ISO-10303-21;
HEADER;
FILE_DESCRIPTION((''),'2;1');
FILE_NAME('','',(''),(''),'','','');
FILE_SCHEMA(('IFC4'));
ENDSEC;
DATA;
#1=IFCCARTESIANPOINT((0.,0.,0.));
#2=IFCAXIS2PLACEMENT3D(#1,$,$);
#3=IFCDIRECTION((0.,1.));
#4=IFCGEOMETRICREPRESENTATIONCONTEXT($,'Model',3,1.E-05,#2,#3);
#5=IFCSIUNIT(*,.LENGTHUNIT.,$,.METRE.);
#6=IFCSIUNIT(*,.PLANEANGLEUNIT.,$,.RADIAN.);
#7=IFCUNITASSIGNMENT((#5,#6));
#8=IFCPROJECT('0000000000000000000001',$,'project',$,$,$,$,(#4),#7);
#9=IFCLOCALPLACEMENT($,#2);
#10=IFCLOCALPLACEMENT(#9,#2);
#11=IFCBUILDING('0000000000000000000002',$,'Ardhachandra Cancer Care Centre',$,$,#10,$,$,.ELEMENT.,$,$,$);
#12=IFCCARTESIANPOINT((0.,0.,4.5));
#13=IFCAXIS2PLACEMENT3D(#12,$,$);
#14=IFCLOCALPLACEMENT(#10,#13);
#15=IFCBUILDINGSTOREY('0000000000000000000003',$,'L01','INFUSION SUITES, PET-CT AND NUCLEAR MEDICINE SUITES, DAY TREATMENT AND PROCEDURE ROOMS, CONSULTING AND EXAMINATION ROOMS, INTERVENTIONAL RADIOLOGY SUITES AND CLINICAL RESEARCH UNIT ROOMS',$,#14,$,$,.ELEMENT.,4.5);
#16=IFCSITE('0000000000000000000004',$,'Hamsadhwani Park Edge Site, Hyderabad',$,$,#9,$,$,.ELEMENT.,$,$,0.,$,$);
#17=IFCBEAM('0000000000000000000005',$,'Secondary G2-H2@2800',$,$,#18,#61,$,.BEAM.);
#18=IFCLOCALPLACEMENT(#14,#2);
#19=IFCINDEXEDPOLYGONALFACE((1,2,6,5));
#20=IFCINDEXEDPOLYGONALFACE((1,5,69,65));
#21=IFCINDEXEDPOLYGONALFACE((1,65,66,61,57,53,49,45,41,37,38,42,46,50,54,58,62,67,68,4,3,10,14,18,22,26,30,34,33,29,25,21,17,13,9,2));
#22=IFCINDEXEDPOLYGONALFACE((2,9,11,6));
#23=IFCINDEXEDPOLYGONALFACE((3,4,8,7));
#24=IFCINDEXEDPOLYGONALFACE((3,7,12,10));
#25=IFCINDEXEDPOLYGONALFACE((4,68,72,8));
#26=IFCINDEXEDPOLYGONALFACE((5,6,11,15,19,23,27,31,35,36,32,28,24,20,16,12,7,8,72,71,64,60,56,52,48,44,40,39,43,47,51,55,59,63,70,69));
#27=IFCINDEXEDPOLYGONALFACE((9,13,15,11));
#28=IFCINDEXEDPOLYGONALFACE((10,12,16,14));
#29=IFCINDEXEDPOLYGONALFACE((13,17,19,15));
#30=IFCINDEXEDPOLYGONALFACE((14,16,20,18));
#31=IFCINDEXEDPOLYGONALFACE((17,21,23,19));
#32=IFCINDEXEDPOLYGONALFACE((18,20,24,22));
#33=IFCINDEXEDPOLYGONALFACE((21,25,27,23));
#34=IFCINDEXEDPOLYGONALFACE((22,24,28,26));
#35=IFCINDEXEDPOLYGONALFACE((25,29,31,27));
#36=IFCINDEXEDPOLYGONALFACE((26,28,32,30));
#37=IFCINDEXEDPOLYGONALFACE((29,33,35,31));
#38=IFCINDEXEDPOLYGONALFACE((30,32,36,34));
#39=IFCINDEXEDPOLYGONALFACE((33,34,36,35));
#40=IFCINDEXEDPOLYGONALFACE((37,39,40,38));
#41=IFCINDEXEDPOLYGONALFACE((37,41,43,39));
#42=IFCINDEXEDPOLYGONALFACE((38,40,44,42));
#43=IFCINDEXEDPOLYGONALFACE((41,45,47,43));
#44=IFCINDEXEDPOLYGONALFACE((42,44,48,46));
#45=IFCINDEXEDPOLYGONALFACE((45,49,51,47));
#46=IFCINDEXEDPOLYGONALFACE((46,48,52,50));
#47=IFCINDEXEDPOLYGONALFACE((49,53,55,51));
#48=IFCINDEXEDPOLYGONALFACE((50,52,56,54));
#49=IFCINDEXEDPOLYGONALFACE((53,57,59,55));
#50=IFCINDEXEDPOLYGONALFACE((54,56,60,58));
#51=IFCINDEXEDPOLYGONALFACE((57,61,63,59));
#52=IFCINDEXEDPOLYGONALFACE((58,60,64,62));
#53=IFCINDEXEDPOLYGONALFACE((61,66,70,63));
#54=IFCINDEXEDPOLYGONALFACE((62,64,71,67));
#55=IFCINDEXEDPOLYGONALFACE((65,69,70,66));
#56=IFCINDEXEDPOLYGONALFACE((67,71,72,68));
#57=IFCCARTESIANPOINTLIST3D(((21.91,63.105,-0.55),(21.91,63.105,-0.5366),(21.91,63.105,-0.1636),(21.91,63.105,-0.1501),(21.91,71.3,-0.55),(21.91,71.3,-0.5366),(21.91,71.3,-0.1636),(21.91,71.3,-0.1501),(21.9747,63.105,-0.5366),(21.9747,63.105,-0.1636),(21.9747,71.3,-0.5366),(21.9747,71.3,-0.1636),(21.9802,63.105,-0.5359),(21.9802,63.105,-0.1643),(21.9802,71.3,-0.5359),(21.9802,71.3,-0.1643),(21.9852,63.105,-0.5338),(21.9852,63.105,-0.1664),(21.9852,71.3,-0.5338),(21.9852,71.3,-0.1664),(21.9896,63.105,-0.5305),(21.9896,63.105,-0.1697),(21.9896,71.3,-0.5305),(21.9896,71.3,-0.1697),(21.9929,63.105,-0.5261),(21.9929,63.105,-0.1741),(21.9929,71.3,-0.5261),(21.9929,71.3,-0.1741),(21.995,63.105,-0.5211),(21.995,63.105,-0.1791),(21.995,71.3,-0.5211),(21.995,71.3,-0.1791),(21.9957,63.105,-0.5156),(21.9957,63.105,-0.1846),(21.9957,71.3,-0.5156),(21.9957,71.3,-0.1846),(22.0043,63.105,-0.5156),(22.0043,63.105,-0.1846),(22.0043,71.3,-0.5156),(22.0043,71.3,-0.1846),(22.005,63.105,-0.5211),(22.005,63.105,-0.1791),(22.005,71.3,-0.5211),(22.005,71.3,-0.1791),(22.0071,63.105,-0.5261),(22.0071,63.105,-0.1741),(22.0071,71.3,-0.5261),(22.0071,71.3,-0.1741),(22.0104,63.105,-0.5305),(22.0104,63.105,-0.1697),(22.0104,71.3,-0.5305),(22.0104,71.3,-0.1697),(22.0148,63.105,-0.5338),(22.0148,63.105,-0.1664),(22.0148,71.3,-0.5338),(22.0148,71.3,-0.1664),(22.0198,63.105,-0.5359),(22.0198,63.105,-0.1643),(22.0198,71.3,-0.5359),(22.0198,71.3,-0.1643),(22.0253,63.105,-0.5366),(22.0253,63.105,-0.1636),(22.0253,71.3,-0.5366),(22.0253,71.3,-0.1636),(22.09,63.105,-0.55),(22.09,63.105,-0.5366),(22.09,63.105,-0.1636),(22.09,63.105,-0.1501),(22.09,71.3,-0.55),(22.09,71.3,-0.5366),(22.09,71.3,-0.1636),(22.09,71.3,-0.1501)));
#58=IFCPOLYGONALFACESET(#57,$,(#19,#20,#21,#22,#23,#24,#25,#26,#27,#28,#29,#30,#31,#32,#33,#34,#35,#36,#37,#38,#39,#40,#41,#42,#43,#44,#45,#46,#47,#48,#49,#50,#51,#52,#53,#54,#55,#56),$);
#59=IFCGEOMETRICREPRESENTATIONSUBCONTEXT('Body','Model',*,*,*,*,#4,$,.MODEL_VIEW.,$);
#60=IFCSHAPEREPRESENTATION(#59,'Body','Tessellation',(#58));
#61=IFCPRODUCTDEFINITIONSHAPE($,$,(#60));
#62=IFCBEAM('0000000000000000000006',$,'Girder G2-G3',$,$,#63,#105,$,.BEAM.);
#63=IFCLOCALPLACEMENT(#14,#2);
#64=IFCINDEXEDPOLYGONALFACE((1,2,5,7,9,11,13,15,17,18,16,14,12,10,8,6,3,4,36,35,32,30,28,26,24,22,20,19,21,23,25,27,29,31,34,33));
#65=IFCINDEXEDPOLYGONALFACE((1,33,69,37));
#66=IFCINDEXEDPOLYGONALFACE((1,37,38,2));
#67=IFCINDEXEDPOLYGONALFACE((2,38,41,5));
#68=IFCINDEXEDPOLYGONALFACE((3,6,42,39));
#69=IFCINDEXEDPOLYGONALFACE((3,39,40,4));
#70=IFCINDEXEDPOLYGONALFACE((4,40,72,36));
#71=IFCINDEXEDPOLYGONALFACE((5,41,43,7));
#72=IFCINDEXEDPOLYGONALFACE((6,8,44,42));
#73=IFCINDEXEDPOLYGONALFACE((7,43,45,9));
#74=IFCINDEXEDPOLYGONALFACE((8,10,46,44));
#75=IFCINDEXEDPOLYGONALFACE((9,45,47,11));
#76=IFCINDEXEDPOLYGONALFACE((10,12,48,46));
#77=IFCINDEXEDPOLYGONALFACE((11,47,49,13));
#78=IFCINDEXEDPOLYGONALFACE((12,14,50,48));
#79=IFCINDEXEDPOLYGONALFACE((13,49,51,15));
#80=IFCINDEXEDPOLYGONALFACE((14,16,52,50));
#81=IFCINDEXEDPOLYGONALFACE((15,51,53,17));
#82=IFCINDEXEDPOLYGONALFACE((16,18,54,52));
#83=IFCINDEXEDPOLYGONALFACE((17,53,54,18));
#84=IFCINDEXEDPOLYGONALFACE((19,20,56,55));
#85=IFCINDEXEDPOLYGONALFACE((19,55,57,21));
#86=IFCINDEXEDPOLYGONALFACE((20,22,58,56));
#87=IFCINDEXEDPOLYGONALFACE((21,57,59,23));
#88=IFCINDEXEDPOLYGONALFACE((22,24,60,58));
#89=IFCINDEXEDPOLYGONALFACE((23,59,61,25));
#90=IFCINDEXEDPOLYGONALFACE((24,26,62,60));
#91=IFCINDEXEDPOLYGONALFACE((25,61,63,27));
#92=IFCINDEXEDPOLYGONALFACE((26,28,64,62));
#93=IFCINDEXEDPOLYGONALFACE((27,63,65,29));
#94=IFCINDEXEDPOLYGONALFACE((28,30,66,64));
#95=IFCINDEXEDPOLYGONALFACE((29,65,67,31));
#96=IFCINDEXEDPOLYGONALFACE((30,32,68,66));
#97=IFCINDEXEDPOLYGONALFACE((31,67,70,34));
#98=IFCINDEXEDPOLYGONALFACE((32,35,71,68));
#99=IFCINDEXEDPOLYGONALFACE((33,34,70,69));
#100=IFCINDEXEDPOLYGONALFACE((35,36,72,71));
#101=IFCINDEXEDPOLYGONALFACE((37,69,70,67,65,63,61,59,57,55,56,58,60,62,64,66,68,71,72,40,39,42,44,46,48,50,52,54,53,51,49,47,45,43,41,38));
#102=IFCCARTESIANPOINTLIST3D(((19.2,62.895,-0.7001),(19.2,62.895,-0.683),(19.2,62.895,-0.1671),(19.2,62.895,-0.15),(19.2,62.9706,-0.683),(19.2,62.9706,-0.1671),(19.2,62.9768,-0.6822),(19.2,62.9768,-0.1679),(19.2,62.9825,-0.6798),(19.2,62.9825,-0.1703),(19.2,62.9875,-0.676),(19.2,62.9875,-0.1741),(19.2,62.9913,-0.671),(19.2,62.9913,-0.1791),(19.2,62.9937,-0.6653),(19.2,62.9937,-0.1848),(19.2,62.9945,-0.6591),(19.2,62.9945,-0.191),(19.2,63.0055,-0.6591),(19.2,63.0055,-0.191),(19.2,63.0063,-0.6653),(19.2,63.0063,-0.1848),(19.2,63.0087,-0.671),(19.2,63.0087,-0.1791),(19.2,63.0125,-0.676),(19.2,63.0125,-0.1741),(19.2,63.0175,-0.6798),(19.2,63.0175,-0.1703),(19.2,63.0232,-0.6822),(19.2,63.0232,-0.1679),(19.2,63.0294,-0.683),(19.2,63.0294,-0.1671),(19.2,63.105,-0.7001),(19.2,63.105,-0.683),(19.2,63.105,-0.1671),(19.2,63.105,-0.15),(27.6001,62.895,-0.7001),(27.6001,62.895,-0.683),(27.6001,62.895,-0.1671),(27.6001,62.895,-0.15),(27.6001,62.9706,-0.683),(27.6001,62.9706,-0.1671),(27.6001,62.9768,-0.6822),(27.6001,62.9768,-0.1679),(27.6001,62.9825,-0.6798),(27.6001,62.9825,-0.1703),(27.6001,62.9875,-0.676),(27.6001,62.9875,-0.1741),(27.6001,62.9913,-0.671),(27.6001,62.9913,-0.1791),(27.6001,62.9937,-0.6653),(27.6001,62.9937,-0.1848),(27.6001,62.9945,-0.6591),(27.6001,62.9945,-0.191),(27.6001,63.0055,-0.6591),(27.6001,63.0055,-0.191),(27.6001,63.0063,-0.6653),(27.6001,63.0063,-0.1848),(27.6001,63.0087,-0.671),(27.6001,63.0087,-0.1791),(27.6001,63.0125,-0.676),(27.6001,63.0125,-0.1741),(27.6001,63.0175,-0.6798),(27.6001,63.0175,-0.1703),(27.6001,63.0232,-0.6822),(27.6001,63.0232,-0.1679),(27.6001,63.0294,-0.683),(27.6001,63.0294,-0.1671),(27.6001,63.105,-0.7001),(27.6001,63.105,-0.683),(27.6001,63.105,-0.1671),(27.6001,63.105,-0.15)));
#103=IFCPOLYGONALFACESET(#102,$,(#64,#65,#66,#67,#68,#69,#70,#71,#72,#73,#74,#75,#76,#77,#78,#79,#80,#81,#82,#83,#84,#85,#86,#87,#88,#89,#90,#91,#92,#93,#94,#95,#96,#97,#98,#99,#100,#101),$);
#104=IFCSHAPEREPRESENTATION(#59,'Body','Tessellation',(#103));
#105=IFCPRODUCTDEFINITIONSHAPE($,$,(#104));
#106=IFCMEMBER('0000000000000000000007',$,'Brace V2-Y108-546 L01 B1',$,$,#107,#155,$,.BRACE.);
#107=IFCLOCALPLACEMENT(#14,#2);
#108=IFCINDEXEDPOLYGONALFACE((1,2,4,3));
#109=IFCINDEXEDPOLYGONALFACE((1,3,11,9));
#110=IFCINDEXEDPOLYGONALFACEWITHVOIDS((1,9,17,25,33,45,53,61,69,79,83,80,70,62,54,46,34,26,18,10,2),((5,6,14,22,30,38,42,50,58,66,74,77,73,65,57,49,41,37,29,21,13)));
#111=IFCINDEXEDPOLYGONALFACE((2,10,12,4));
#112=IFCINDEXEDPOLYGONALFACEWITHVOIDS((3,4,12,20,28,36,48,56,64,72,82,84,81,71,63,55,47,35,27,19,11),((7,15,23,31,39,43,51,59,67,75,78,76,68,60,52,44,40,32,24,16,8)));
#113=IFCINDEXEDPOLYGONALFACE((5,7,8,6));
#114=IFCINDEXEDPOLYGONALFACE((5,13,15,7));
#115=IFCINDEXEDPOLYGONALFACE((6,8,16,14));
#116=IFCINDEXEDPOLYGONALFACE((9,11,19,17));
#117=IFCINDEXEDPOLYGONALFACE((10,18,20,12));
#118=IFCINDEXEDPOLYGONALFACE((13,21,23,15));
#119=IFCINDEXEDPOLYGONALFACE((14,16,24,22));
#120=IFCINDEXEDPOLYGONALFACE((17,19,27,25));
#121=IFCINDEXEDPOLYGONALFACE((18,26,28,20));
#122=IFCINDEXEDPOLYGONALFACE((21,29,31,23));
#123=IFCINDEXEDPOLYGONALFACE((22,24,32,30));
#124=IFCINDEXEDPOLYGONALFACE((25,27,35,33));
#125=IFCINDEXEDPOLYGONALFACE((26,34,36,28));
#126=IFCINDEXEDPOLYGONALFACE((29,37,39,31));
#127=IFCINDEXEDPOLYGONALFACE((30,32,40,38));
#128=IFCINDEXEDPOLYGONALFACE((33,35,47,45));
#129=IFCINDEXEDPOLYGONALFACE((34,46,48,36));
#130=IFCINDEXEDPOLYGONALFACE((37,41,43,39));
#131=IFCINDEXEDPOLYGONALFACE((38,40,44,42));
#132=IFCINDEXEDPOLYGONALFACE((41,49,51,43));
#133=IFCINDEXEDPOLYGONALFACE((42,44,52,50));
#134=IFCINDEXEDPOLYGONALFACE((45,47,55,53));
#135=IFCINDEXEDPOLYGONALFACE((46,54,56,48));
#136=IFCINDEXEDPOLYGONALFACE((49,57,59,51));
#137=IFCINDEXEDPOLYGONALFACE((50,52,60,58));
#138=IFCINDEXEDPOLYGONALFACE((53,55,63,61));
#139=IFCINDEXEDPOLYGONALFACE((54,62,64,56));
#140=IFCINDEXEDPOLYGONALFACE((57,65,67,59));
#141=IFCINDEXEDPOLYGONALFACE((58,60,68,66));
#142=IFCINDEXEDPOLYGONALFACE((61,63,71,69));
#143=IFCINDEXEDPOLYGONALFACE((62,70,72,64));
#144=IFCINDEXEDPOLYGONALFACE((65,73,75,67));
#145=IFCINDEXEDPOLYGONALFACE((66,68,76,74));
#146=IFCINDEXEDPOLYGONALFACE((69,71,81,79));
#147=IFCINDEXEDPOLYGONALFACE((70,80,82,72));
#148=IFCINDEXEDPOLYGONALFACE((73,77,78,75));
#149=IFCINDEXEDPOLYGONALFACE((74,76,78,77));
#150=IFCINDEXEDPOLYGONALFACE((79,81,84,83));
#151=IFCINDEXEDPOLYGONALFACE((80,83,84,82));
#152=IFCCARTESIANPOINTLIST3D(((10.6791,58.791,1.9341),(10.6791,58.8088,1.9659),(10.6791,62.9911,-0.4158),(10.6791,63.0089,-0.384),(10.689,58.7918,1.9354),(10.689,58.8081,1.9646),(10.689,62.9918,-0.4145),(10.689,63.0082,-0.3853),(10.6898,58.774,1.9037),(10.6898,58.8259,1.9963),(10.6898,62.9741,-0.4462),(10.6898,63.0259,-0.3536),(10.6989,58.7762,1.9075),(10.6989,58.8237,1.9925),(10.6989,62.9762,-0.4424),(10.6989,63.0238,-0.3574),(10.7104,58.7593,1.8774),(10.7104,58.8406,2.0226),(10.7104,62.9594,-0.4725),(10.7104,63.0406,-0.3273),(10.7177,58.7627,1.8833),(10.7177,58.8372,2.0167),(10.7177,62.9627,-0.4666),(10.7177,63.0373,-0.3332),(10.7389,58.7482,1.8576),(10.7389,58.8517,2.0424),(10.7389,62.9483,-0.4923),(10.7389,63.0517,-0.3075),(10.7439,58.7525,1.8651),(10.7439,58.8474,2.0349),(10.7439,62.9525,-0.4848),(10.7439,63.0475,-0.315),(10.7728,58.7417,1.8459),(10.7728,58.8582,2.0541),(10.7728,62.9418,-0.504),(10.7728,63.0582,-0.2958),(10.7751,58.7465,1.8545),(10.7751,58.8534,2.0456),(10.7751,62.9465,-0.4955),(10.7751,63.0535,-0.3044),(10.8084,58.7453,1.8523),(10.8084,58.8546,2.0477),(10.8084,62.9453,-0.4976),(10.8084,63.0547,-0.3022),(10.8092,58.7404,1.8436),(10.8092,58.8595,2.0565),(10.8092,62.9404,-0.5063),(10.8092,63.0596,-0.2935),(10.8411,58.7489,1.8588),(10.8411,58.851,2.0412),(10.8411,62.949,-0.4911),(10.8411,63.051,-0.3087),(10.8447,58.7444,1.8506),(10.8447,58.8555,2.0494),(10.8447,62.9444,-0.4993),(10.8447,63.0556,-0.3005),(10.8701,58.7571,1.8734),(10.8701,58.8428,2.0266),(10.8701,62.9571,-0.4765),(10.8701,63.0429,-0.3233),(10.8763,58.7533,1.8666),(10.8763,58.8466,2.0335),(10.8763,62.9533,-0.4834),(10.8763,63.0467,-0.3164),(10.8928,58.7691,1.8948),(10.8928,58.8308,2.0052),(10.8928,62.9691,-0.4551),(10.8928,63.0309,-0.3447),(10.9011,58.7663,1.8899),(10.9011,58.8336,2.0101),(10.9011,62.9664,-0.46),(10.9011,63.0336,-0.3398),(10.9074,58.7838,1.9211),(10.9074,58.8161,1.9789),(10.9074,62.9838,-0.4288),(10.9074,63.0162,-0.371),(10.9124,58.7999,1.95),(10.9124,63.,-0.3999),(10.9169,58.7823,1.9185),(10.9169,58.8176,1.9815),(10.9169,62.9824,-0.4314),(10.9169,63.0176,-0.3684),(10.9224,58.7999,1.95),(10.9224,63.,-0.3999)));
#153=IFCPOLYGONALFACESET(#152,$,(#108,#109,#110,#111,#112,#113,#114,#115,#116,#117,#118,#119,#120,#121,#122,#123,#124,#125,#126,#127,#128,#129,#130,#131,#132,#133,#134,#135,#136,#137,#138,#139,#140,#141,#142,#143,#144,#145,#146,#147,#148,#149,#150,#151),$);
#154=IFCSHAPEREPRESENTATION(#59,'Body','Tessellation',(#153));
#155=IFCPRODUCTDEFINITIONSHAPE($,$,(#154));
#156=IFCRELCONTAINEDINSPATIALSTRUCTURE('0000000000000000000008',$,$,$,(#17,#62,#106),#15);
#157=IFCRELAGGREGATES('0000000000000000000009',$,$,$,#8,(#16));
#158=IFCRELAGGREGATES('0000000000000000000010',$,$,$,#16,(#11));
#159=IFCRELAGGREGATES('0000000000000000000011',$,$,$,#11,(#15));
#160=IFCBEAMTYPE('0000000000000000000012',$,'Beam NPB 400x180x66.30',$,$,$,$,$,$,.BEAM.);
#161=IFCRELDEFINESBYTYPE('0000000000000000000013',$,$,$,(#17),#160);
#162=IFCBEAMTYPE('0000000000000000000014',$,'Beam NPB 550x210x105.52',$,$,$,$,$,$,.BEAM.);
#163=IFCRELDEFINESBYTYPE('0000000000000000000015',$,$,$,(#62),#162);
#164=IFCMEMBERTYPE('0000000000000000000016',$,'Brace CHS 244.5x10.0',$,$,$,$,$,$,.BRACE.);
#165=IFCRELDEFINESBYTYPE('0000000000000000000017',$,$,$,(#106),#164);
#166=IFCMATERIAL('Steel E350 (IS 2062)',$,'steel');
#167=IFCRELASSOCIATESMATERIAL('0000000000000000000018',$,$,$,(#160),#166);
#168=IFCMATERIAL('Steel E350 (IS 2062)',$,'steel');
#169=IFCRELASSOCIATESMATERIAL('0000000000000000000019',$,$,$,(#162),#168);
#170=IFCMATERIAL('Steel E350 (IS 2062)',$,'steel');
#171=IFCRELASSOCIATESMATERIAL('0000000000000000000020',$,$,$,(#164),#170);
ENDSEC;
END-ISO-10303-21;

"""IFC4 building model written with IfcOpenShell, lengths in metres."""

from ifc_helpers import new_model, si_unit, direction, frame, origin, origin_2d, place, context, subcontext, project, spatial, hollow_circle, i_section, extrude, material, material_profile, profile_set, type_object, element, save


model = new_model("IFC4")

# Units and contexts
model_context = context("Model", 3, precision=1e-05, world=origin(), true_north=direction((0.0, 1.0)))
body_context = subcontext(model_context, "Body", "Model", "MODEL_VIEW")
ifc_project = project(units=[si_unit("LENGTHUNIT", "METRE"), si_unit("PLANEANGLEUNIT", "RADIAN")], contexts=[model_context])

# Site, building, storey
site_placement = place(None, origin())
site = spatial("IfcSite", under=ifc_project, at=site_placement, Name="Hamsadhwani Park Edge Site, Hyderabad", CompositionType="ELEMENT", RefElevation=0.0)
building_placement = place(site_placement, origin())
building = spatial("IfcBuilding", under=site, at=building_placement, Name="Ardhachandra Cancer Care Centre", CompositionType="ELEMENT")
storey_placement = place(building_placement, frame((0.0, 0.0, 4.5)))
storey = spatial("IfcBuildingStorey", under=building, at=storey_placement, Name="L01", Description="INFUSION SUITES, PET-CT AND NUCLEAR MEDICINE SUITES, DAY TREATMENT AND PROCEDURE ROOMS, CONSULTING AND EXAMINATION ROOMS, INTERVENTIONAL RADIOLOGY SUITES AND CLINICAL RESEARCH UNIT ROOMS", CompositionType="ELEMENT", Elevation=4.5)

# Beams
ifc_material_1 = material(Name="Steel E350 (IS 2062)", Category="steel")
ifc_material_profile_1 = material_profile(ifc_material_1, i_section(OverallWidth=0.1799, OverallDepth=0.3999, WebThickness=0.0085, FlangeThickness=0.0134, FilletRadius=0.021, at=origin_2d()), Name="NPB 400x180x66.30")
ifc_profile_set_1 = profile_set([ifc_material_profile_1], Name="Steel E350 (IS 2062)")
beam_type_1 = type_object("IfcBeamType", Name="Beam NPB 400x180x66.30", PredefinedType="BEAM", material=ifc_profile_set_1)
beam_1_placement = place(storey_placement, frame((22.0, 63.105, -0.3501), z_axis=(0.0, 1.0, 0.0), x_axis=(-1.0, 0.0, 0.0)))
element("IfcBeam", 1, at=beam_1_placement, inside=storey, type_object=beam_type_1, Name="Secondary G2-H2@2800", PredefinedType="BEAM", context=body_context, shape_type="SweptSolid", body=[
    extrude(i_section(OverallWidth=0.1799, OverallDepth=0.3999, WebThickness=0.0085, FlangeThickness=0.0134, FilletRadius=0.021, at=origin_2d()), origin(), (0.0, 0.0, 1.0), 8.1951),
])
ifc_material_2 = material(Name="Steel E350 (IS 2062)", Category="steel")
ifc_material_profile_2 = material_profile(ifc_material_2, i_section(OverallWidth=0.21, OverallDepth=0.55, WebThickness=0.011, FlangeThickness=0.0171, FilletRadius=0.0239, at=origin_2d()), Name="NPB 550x210x105.52")
ifc_profile_set_2 = profile_set([ifc_material_profile_2], Name="Steel E350 (IS 2062)")
beam_type_2 = type_object("IfcBeamType", Name="Beam NPB 550x210x105.52", PredefinedType="BEAM", material=ifc_profile_set_2)
beam_2_placement = place(storey_placement, frame((19.2, 63.0, -0.425), z_axis=(1.0, 0.0, 0.0), x_axis=(0.0, 1.0, 0.0)))
element("IfcBeam", 2, at=beam_2_placement, inside=storey, type_object=beam_type_2, Name="Girder G2-G3", PredefinedType="BEAM", context=body_context, shape_type="SweptSolid", body=[
    extrude(i_section(OverallWidth=0.21, OverallDepth=0.55, WebThickness=0.011, FlangeThickness=0.0171, FilletRadius=0.0239, at=origin_2d()), origin(), (0.0, 0.0, 1.0), 8.4001),
])

# Member
ifc_material_3 = material(Name="Steel E350 (IS 2062)", Category="steel")
ifc_material_profile_3 = material_profile(ifc_material_3, hollow_circle(Radius=0.1223, WallThickness=0.01, at=origin_2d()), Name="CHS 244.5x10.0")
ifc_profile_set_3 = profile_set([ifc_material_profile_3], Name="Steel E350 (IS 2062)")
member_type = type_object("IfcMemberType", Name="Brace CHS 244.5x10.0", PredefinedType="BRACE", material=ifc_profile_set_3)
for number, where, z_axis, x_axis, name in (
    (3, (10.8, 63.0, -0.3999), (0.0, -0.872694, 0.488268), (1.0, 0.0, 0.0), "Brace V2-Y108-546 L01 B1"),
):
    element("IfcMember", number, at=place(storey_placement, frame(where, z_axis=z_axis, x_axis=x_axis)), inside=storey, type_object=member_type, Name=name, PredefinedType="BRACE", context=body_context, shape_type="SweptSolid", body=[
        extrude(hollow_circle(Radius=0.1223, WallThickness=0.01, at=origin_2d()), origin(), (0.0, 0.0, 1.0), 4.8127),
    ])

save(model, "model.ifc")
